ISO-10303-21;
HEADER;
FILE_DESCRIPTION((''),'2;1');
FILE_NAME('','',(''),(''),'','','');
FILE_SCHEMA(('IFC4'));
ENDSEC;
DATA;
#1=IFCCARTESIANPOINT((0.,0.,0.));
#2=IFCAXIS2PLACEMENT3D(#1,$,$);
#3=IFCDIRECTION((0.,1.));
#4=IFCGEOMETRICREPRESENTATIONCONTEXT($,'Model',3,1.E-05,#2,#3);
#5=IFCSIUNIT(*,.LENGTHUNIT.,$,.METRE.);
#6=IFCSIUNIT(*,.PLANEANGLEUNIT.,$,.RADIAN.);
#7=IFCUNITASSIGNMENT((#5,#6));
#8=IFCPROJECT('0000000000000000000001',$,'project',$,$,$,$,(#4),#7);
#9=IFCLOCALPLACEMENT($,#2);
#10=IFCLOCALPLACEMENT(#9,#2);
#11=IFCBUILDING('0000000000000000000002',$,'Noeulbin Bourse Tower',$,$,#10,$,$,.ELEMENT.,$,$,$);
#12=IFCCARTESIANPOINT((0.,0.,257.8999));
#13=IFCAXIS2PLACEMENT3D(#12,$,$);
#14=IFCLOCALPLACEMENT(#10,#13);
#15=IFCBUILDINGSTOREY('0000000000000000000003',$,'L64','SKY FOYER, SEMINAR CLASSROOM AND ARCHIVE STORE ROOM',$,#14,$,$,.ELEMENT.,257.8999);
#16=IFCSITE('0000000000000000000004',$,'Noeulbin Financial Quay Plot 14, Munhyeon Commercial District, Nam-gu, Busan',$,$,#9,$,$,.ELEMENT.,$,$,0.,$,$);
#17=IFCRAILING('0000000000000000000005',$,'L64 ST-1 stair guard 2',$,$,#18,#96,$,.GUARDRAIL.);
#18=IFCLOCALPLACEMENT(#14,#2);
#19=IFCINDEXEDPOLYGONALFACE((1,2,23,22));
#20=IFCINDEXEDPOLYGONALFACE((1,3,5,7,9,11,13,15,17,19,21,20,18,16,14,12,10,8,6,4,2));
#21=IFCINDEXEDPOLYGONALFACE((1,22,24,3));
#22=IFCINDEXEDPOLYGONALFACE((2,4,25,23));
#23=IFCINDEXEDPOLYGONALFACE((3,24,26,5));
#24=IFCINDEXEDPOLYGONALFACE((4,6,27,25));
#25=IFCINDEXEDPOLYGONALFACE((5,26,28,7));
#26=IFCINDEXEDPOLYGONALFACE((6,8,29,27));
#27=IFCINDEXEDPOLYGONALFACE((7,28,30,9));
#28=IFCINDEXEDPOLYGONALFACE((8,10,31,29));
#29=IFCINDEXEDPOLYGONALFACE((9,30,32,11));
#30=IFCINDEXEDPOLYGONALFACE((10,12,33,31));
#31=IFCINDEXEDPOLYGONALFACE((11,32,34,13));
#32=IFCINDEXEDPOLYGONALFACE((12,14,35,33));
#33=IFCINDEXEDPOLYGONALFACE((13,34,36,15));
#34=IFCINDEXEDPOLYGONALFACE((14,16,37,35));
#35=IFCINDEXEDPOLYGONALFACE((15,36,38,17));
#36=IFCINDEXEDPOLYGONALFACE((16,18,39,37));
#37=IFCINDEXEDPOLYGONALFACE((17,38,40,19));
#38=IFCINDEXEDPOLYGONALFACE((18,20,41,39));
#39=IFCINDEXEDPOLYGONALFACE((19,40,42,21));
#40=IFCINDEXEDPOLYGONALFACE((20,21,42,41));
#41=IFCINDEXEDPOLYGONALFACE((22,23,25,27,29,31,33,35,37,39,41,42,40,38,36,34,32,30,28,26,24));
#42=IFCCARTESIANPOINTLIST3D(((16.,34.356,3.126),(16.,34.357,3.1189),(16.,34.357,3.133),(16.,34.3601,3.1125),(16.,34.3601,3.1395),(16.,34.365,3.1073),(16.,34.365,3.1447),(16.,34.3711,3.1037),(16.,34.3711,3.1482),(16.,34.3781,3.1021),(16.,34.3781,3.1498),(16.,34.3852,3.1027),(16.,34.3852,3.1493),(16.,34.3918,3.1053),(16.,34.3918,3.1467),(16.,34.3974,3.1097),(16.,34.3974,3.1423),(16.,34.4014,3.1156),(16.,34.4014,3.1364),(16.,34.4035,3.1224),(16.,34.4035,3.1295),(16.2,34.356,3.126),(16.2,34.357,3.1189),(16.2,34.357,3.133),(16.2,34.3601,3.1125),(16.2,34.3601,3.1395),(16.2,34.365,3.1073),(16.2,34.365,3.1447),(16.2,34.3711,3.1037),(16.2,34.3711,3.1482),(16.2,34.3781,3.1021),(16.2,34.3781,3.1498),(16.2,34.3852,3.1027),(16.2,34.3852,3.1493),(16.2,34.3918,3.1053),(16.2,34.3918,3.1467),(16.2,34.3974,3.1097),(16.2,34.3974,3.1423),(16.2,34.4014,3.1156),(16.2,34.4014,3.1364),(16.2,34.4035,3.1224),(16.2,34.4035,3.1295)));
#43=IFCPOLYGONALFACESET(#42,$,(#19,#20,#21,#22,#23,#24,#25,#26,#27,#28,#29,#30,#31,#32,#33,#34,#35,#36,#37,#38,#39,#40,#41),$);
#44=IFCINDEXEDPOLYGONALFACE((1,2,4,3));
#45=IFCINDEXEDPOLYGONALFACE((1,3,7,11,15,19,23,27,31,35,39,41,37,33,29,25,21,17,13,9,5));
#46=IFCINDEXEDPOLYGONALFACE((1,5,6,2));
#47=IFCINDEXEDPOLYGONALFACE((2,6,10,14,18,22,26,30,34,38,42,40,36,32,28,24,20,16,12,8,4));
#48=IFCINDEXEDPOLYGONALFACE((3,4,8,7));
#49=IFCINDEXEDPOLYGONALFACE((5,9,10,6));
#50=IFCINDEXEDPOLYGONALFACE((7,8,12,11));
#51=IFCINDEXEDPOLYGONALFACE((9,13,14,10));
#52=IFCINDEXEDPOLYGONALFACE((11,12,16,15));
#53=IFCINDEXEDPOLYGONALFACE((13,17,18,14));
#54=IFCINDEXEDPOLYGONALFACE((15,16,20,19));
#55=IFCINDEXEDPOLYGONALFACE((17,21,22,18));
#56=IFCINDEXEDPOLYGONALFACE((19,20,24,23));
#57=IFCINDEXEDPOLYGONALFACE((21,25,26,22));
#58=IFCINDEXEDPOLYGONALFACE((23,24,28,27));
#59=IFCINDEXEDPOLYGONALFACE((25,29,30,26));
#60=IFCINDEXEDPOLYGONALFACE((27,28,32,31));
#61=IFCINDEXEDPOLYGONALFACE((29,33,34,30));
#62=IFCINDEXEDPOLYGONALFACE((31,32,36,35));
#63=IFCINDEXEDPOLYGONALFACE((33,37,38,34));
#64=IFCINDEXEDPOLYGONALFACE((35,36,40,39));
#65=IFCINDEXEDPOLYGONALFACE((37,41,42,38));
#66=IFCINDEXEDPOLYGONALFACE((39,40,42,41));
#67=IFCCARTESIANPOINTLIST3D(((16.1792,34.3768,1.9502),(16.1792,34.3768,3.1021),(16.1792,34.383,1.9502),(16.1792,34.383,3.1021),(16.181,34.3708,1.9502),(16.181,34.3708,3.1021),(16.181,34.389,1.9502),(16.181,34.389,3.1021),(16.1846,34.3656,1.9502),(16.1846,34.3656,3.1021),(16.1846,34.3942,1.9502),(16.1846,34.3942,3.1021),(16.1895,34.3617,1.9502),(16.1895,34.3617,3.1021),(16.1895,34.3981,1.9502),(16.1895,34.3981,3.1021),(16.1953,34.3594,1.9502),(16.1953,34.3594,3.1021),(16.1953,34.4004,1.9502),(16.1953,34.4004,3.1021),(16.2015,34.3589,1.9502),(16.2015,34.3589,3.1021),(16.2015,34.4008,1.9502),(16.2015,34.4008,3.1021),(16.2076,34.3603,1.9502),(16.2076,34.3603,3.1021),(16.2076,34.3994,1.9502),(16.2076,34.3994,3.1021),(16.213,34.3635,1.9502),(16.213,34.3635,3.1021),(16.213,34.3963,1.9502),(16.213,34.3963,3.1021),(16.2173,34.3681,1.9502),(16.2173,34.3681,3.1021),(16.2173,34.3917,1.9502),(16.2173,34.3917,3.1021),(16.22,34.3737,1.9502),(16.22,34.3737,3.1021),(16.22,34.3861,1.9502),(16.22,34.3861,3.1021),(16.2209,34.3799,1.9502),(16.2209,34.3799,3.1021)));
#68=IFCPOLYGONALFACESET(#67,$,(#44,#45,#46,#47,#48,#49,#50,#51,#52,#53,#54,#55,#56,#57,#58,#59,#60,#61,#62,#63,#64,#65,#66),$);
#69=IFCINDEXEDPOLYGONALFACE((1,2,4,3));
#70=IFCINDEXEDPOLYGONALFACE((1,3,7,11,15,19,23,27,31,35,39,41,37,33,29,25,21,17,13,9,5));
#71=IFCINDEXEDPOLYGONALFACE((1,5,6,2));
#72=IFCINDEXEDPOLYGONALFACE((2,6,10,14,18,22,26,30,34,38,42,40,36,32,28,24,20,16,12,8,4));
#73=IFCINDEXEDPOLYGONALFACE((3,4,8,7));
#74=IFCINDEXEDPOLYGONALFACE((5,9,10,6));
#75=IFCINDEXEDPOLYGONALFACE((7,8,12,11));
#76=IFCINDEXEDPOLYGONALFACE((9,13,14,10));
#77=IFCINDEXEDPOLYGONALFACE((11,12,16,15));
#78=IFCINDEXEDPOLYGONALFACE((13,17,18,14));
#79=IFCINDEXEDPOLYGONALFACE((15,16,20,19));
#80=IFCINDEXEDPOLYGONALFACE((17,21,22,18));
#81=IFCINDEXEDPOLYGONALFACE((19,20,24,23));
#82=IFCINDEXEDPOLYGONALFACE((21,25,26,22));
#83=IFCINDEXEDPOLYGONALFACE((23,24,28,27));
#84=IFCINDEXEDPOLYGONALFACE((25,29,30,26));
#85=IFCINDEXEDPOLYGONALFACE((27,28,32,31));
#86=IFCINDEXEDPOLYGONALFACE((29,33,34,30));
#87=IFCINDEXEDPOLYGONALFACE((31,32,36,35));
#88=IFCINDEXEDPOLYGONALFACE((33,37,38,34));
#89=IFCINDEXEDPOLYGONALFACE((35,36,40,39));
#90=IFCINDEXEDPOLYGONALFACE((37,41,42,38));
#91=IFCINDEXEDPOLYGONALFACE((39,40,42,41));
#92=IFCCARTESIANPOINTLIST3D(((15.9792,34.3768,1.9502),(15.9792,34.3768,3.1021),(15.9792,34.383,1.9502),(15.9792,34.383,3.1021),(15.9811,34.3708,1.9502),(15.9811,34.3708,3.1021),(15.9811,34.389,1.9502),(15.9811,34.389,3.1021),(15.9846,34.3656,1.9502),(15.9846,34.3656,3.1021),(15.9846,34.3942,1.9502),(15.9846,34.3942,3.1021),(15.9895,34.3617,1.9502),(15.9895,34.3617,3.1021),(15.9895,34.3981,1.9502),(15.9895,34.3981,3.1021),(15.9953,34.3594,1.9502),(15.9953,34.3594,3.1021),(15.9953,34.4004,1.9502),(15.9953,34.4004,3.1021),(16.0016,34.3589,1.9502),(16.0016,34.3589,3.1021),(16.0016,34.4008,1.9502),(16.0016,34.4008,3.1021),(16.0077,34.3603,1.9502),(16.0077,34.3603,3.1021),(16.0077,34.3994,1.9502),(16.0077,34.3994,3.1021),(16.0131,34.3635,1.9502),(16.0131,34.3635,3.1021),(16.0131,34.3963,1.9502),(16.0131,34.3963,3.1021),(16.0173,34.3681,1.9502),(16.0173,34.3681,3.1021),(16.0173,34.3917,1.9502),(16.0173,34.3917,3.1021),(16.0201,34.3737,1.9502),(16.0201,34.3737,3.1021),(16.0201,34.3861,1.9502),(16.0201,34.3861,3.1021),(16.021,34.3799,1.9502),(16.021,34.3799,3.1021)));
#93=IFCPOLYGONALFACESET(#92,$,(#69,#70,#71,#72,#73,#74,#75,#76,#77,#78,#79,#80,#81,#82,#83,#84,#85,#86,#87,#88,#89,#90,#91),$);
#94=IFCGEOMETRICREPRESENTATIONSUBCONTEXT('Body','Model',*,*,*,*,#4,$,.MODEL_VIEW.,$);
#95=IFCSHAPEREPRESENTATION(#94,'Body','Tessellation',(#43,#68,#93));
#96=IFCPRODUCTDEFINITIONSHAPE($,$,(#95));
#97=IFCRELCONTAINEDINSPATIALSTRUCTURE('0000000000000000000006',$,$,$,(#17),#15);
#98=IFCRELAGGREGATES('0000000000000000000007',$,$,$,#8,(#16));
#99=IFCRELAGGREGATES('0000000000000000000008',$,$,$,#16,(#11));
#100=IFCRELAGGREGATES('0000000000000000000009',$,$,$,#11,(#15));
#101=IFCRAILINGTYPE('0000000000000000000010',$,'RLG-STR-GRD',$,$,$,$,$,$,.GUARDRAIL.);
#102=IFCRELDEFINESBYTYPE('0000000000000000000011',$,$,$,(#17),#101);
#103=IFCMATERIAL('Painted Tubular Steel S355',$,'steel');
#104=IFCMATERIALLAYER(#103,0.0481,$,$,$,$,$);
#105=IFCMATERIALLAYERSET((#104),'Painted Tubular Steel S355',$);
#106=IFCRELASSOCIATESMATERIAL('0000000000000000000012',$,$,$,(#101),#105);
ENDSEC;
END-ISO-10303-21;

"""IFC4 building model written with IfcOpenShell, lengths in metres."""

from ifc_helpers import new_model, si_unit, direction, frame, origin, origin_2d, place, context, subcontext, project, spatial, circle, extrude, material, layer, layer_set, type_object, element, save


model = new_model("IFC4")

# Units and contexts
model_context = context("Model", 3, precision=1e-05, world=origin(), true_north=direction((0.0, 1.0)))
body_context = subcontext(model_context, "Body", "Model", "MODEL_VIEW")
ifc_project = project(units=[si_unit("LENGTHUNIT", "METRE"), si_unit("PLANEANGLEUNIT", "RADIAN")], contexts=[model_context])

# Site, building, storey
site_placement = place(None, origin())
site = spatial("IfcSite", under=ifc_project, at=site_placement, Name="Noeulbin Financial Quay Plot 14, Munhyeon Commercial District, Nam-gu, Busan", CompositionType="ELEMENT", RefElevation=0.0)
building_placement = place(site_placement, origin())
building = spatial("IfcBuilding", under=site, at=building_placement, Name="Noeulbin Bourse Tower", CompositionType="ELEMENT")
storey_placement = place(building_placement, frame((0.0, 0.0, 257.8999)))
storey = spatial("IfcBuildingStorey", under=building, at=storey_placement, Name="L64", Description="SKY FOYER, SEMINAR CLASSROOM AND ARCHIVE STORE ROOM", CompositionType="ELEMENT", Elevation=257.8999)

# Railing
ifc_material_1 = material(Name="Painted Tubular Steel S355", Category="steel")
ifc_layer_1 = layer(ifc_material_1, 0.0481)
ifc_layer_set_1 = layer_set([ifc_layer_1], Name="Painted Tubular Steel S355")
railing_type_1 = type_object("IfcRailingType", Name="RLG-STR-GRD", PredefinedType="GUARDRAIL", material=ifc_layer_set_1)
railing_1_placement = place(storey_placement, frame((16.2, 34.3799, 1.9502)))
element("IfcRailing", 1, at=railing_1_placement, inside=storey, type_object=railing_type_1, Name="L64 ST-1 stair guard 2", PredefinedType="GUARDRAIL", context=body_context, shape_type="SweptSolid", body=[
    extrude(circle(Radius=0.0239, at=origin_2d()), frame((0.0, 0.0, 1.1758), z_axis=(-1.0, 0.0, 0.0), x_axis=(0.0, -1.0, 0.0)), (0.0, 0.0, 1.0), 0.2),
    extrude(circle(Radius=0.021, at=origin_2d()), origin(), (0.0, 0.0, 1.0), 1.1519),
    extrude(circle(Radius=0.021, at=origin_2d()), frame((-0.2, 0.0, 0.0)), (0.0, 0.0, 1.0), 1.1519),
])

save(model, "model.ifc")
